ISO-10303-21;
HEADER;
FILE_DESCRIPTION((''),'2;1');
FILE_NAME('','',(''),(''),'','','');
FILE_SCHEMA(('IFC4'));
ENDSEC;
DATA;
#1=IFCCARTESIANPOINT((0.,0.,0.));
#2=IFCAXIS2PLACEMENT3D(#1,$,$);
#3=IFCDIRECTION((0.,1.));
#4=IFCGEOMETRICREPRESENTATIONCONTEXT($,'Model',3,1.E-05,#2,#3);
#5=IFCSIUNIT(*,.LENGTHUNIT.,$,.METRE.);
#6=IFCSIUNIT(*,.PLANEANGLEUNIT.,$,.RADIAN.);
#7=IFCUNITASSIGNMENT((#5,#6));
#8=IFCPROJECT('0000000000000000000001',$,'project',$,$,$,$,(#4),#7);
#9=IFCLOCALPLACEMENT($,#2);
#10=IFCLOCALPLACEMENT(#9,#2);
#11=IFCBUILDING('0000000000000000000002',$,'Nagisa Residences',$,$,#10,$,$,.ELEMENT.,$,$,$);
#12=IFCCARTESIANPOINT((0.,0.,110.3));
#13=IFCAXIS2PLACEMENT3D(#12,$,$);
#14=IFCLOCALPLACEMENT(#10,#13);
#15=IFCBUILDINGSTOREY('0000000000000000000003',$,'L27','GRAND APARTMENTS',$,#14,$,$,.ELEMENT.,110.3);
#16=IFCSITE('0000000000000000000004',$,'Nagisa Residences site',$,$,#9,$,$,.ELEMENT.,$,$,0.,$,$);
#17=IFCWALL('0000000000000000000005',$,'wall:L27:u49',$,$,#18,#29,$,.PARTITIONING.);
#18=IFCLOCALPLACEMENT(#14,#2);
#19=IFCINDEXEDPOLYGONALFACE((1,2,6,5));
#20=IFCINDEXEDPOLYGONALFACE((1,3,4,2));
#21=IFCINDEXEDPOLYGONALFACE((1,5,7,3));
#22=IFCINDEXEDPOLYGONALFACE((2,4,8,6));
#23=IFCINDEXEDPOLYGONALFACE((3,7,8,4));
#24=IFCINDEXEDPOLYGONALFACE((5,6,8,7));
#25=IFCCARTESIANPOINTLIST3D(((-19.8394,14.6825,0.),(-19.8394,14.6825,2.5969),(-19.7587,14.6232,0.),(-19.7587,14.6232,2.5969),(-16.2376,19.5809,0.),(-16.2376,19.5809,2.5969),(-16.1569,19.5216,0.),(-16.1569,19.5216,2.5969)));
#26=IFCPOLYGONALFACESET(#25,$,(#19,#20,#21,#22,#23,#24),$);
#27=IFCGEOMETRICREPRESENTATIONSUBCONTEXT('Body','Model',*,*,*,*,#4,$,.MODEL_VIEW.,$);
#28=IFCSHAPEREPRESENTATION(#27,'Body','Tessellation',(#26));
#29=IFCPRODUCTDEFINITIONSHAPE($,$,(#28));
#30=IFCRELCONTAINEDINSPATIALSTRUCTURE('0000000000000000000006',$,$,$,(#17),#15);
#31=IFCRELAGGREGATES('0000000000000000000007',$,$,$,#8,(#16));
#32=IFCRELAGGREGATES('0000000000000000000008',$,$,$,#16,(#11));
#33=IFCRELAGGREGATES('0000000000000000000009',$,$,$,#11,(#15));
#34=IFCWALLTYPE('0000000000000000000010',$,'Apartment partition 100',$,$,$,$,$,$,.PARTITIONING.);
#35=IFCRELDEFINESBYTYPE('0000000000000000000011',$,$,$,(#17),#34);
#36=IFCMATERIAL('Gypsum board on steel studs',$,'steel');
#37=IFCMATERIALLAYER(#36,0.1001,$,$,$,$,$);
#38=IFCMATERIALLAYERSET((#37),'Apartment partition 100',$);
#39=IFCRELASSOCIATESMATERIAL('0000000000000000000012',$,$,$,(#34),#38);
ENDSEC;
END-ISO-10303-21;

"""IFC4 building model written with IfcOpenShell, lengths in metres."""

from ifc_helpers import new_model, si_unit, direction, frame, frame_2d, origin, place, context, subcontext, project, spatial, rectangle, extrude, material, layer, layer_set, type_object, element, save


model = new_model("IFC4")

# Units and contexts
model_context = context("Model", 3, precision=1e-05, world=origin(), true_north=direction((0.0, 1.0)))
body_context = subcontext(model_context, "Body", "Model", "MODEL_VIEW")
ifc_project = project(units=[si_unit("LENGTHUNIT", "METRE"), si_unit("PLANEANGLEUNIT", "RADIAN")], contexts=[model_context])

# Site, building, storey
site_placement = place(None, origin())
site = spatial("IfcSite", under=ifc_project, at=site_placement, Name="Nagisa Residences site", CompositionType="ELEMENT", RefElevation=0.0)
building_placement = place(site_placement, origin())
building = spatial("IfcBuilding", under=site, at=building_placement, Name="Nagisa Residences", CompositionType="ELEMENT")
storey_placement = place(building_placement, frame((0.0, 0.0, 110.3)))
storey = spatial("IfcBuildingStorey", under=building, at=storey_placement, Name="L27", Description="GRAND APARTMENTS", CompositionType="ELEMENT", Elevation=110.3)

# Shared definitions
ifc_material_1 = material(Name="Gypsum board on steel studs", Category="steel")
ifc_layer_1 = layer(ifc_material_1, 0.1001)
ifc_layer_set_1 = layer_set([ifc_layer_1], Name="Apartment partition 100")
wall_type_1 = type_object("IfcWallType", Name="Apartment partition 100", PredefinedType="PARTITIONING", material=ifc_layer_set_1)

# Wall
wall_1_placement = place(storey_placement, frame((-16.1973, 19.5513, 0.0), z_axis=(0.0, 0.0, 1.0), x_axis=(-0.592392, -0.80565, 0.0)))
element("IfcWall", 1, at=wall_1_placement, inside=storey, type_object=wall_type_1, Name="wall:L27:u49", PredefinedType="PARTITIONING", context=body_context, shape_type="SweptSolid", body=[
    extrude(rectangle(XDim=6.0801, YDim=0.1001, at=frame_2d((3.04, 0.0))), origin(), (0.0, 0.0, 1.0), 2.5969),
])

save(model, "model.ifc")
